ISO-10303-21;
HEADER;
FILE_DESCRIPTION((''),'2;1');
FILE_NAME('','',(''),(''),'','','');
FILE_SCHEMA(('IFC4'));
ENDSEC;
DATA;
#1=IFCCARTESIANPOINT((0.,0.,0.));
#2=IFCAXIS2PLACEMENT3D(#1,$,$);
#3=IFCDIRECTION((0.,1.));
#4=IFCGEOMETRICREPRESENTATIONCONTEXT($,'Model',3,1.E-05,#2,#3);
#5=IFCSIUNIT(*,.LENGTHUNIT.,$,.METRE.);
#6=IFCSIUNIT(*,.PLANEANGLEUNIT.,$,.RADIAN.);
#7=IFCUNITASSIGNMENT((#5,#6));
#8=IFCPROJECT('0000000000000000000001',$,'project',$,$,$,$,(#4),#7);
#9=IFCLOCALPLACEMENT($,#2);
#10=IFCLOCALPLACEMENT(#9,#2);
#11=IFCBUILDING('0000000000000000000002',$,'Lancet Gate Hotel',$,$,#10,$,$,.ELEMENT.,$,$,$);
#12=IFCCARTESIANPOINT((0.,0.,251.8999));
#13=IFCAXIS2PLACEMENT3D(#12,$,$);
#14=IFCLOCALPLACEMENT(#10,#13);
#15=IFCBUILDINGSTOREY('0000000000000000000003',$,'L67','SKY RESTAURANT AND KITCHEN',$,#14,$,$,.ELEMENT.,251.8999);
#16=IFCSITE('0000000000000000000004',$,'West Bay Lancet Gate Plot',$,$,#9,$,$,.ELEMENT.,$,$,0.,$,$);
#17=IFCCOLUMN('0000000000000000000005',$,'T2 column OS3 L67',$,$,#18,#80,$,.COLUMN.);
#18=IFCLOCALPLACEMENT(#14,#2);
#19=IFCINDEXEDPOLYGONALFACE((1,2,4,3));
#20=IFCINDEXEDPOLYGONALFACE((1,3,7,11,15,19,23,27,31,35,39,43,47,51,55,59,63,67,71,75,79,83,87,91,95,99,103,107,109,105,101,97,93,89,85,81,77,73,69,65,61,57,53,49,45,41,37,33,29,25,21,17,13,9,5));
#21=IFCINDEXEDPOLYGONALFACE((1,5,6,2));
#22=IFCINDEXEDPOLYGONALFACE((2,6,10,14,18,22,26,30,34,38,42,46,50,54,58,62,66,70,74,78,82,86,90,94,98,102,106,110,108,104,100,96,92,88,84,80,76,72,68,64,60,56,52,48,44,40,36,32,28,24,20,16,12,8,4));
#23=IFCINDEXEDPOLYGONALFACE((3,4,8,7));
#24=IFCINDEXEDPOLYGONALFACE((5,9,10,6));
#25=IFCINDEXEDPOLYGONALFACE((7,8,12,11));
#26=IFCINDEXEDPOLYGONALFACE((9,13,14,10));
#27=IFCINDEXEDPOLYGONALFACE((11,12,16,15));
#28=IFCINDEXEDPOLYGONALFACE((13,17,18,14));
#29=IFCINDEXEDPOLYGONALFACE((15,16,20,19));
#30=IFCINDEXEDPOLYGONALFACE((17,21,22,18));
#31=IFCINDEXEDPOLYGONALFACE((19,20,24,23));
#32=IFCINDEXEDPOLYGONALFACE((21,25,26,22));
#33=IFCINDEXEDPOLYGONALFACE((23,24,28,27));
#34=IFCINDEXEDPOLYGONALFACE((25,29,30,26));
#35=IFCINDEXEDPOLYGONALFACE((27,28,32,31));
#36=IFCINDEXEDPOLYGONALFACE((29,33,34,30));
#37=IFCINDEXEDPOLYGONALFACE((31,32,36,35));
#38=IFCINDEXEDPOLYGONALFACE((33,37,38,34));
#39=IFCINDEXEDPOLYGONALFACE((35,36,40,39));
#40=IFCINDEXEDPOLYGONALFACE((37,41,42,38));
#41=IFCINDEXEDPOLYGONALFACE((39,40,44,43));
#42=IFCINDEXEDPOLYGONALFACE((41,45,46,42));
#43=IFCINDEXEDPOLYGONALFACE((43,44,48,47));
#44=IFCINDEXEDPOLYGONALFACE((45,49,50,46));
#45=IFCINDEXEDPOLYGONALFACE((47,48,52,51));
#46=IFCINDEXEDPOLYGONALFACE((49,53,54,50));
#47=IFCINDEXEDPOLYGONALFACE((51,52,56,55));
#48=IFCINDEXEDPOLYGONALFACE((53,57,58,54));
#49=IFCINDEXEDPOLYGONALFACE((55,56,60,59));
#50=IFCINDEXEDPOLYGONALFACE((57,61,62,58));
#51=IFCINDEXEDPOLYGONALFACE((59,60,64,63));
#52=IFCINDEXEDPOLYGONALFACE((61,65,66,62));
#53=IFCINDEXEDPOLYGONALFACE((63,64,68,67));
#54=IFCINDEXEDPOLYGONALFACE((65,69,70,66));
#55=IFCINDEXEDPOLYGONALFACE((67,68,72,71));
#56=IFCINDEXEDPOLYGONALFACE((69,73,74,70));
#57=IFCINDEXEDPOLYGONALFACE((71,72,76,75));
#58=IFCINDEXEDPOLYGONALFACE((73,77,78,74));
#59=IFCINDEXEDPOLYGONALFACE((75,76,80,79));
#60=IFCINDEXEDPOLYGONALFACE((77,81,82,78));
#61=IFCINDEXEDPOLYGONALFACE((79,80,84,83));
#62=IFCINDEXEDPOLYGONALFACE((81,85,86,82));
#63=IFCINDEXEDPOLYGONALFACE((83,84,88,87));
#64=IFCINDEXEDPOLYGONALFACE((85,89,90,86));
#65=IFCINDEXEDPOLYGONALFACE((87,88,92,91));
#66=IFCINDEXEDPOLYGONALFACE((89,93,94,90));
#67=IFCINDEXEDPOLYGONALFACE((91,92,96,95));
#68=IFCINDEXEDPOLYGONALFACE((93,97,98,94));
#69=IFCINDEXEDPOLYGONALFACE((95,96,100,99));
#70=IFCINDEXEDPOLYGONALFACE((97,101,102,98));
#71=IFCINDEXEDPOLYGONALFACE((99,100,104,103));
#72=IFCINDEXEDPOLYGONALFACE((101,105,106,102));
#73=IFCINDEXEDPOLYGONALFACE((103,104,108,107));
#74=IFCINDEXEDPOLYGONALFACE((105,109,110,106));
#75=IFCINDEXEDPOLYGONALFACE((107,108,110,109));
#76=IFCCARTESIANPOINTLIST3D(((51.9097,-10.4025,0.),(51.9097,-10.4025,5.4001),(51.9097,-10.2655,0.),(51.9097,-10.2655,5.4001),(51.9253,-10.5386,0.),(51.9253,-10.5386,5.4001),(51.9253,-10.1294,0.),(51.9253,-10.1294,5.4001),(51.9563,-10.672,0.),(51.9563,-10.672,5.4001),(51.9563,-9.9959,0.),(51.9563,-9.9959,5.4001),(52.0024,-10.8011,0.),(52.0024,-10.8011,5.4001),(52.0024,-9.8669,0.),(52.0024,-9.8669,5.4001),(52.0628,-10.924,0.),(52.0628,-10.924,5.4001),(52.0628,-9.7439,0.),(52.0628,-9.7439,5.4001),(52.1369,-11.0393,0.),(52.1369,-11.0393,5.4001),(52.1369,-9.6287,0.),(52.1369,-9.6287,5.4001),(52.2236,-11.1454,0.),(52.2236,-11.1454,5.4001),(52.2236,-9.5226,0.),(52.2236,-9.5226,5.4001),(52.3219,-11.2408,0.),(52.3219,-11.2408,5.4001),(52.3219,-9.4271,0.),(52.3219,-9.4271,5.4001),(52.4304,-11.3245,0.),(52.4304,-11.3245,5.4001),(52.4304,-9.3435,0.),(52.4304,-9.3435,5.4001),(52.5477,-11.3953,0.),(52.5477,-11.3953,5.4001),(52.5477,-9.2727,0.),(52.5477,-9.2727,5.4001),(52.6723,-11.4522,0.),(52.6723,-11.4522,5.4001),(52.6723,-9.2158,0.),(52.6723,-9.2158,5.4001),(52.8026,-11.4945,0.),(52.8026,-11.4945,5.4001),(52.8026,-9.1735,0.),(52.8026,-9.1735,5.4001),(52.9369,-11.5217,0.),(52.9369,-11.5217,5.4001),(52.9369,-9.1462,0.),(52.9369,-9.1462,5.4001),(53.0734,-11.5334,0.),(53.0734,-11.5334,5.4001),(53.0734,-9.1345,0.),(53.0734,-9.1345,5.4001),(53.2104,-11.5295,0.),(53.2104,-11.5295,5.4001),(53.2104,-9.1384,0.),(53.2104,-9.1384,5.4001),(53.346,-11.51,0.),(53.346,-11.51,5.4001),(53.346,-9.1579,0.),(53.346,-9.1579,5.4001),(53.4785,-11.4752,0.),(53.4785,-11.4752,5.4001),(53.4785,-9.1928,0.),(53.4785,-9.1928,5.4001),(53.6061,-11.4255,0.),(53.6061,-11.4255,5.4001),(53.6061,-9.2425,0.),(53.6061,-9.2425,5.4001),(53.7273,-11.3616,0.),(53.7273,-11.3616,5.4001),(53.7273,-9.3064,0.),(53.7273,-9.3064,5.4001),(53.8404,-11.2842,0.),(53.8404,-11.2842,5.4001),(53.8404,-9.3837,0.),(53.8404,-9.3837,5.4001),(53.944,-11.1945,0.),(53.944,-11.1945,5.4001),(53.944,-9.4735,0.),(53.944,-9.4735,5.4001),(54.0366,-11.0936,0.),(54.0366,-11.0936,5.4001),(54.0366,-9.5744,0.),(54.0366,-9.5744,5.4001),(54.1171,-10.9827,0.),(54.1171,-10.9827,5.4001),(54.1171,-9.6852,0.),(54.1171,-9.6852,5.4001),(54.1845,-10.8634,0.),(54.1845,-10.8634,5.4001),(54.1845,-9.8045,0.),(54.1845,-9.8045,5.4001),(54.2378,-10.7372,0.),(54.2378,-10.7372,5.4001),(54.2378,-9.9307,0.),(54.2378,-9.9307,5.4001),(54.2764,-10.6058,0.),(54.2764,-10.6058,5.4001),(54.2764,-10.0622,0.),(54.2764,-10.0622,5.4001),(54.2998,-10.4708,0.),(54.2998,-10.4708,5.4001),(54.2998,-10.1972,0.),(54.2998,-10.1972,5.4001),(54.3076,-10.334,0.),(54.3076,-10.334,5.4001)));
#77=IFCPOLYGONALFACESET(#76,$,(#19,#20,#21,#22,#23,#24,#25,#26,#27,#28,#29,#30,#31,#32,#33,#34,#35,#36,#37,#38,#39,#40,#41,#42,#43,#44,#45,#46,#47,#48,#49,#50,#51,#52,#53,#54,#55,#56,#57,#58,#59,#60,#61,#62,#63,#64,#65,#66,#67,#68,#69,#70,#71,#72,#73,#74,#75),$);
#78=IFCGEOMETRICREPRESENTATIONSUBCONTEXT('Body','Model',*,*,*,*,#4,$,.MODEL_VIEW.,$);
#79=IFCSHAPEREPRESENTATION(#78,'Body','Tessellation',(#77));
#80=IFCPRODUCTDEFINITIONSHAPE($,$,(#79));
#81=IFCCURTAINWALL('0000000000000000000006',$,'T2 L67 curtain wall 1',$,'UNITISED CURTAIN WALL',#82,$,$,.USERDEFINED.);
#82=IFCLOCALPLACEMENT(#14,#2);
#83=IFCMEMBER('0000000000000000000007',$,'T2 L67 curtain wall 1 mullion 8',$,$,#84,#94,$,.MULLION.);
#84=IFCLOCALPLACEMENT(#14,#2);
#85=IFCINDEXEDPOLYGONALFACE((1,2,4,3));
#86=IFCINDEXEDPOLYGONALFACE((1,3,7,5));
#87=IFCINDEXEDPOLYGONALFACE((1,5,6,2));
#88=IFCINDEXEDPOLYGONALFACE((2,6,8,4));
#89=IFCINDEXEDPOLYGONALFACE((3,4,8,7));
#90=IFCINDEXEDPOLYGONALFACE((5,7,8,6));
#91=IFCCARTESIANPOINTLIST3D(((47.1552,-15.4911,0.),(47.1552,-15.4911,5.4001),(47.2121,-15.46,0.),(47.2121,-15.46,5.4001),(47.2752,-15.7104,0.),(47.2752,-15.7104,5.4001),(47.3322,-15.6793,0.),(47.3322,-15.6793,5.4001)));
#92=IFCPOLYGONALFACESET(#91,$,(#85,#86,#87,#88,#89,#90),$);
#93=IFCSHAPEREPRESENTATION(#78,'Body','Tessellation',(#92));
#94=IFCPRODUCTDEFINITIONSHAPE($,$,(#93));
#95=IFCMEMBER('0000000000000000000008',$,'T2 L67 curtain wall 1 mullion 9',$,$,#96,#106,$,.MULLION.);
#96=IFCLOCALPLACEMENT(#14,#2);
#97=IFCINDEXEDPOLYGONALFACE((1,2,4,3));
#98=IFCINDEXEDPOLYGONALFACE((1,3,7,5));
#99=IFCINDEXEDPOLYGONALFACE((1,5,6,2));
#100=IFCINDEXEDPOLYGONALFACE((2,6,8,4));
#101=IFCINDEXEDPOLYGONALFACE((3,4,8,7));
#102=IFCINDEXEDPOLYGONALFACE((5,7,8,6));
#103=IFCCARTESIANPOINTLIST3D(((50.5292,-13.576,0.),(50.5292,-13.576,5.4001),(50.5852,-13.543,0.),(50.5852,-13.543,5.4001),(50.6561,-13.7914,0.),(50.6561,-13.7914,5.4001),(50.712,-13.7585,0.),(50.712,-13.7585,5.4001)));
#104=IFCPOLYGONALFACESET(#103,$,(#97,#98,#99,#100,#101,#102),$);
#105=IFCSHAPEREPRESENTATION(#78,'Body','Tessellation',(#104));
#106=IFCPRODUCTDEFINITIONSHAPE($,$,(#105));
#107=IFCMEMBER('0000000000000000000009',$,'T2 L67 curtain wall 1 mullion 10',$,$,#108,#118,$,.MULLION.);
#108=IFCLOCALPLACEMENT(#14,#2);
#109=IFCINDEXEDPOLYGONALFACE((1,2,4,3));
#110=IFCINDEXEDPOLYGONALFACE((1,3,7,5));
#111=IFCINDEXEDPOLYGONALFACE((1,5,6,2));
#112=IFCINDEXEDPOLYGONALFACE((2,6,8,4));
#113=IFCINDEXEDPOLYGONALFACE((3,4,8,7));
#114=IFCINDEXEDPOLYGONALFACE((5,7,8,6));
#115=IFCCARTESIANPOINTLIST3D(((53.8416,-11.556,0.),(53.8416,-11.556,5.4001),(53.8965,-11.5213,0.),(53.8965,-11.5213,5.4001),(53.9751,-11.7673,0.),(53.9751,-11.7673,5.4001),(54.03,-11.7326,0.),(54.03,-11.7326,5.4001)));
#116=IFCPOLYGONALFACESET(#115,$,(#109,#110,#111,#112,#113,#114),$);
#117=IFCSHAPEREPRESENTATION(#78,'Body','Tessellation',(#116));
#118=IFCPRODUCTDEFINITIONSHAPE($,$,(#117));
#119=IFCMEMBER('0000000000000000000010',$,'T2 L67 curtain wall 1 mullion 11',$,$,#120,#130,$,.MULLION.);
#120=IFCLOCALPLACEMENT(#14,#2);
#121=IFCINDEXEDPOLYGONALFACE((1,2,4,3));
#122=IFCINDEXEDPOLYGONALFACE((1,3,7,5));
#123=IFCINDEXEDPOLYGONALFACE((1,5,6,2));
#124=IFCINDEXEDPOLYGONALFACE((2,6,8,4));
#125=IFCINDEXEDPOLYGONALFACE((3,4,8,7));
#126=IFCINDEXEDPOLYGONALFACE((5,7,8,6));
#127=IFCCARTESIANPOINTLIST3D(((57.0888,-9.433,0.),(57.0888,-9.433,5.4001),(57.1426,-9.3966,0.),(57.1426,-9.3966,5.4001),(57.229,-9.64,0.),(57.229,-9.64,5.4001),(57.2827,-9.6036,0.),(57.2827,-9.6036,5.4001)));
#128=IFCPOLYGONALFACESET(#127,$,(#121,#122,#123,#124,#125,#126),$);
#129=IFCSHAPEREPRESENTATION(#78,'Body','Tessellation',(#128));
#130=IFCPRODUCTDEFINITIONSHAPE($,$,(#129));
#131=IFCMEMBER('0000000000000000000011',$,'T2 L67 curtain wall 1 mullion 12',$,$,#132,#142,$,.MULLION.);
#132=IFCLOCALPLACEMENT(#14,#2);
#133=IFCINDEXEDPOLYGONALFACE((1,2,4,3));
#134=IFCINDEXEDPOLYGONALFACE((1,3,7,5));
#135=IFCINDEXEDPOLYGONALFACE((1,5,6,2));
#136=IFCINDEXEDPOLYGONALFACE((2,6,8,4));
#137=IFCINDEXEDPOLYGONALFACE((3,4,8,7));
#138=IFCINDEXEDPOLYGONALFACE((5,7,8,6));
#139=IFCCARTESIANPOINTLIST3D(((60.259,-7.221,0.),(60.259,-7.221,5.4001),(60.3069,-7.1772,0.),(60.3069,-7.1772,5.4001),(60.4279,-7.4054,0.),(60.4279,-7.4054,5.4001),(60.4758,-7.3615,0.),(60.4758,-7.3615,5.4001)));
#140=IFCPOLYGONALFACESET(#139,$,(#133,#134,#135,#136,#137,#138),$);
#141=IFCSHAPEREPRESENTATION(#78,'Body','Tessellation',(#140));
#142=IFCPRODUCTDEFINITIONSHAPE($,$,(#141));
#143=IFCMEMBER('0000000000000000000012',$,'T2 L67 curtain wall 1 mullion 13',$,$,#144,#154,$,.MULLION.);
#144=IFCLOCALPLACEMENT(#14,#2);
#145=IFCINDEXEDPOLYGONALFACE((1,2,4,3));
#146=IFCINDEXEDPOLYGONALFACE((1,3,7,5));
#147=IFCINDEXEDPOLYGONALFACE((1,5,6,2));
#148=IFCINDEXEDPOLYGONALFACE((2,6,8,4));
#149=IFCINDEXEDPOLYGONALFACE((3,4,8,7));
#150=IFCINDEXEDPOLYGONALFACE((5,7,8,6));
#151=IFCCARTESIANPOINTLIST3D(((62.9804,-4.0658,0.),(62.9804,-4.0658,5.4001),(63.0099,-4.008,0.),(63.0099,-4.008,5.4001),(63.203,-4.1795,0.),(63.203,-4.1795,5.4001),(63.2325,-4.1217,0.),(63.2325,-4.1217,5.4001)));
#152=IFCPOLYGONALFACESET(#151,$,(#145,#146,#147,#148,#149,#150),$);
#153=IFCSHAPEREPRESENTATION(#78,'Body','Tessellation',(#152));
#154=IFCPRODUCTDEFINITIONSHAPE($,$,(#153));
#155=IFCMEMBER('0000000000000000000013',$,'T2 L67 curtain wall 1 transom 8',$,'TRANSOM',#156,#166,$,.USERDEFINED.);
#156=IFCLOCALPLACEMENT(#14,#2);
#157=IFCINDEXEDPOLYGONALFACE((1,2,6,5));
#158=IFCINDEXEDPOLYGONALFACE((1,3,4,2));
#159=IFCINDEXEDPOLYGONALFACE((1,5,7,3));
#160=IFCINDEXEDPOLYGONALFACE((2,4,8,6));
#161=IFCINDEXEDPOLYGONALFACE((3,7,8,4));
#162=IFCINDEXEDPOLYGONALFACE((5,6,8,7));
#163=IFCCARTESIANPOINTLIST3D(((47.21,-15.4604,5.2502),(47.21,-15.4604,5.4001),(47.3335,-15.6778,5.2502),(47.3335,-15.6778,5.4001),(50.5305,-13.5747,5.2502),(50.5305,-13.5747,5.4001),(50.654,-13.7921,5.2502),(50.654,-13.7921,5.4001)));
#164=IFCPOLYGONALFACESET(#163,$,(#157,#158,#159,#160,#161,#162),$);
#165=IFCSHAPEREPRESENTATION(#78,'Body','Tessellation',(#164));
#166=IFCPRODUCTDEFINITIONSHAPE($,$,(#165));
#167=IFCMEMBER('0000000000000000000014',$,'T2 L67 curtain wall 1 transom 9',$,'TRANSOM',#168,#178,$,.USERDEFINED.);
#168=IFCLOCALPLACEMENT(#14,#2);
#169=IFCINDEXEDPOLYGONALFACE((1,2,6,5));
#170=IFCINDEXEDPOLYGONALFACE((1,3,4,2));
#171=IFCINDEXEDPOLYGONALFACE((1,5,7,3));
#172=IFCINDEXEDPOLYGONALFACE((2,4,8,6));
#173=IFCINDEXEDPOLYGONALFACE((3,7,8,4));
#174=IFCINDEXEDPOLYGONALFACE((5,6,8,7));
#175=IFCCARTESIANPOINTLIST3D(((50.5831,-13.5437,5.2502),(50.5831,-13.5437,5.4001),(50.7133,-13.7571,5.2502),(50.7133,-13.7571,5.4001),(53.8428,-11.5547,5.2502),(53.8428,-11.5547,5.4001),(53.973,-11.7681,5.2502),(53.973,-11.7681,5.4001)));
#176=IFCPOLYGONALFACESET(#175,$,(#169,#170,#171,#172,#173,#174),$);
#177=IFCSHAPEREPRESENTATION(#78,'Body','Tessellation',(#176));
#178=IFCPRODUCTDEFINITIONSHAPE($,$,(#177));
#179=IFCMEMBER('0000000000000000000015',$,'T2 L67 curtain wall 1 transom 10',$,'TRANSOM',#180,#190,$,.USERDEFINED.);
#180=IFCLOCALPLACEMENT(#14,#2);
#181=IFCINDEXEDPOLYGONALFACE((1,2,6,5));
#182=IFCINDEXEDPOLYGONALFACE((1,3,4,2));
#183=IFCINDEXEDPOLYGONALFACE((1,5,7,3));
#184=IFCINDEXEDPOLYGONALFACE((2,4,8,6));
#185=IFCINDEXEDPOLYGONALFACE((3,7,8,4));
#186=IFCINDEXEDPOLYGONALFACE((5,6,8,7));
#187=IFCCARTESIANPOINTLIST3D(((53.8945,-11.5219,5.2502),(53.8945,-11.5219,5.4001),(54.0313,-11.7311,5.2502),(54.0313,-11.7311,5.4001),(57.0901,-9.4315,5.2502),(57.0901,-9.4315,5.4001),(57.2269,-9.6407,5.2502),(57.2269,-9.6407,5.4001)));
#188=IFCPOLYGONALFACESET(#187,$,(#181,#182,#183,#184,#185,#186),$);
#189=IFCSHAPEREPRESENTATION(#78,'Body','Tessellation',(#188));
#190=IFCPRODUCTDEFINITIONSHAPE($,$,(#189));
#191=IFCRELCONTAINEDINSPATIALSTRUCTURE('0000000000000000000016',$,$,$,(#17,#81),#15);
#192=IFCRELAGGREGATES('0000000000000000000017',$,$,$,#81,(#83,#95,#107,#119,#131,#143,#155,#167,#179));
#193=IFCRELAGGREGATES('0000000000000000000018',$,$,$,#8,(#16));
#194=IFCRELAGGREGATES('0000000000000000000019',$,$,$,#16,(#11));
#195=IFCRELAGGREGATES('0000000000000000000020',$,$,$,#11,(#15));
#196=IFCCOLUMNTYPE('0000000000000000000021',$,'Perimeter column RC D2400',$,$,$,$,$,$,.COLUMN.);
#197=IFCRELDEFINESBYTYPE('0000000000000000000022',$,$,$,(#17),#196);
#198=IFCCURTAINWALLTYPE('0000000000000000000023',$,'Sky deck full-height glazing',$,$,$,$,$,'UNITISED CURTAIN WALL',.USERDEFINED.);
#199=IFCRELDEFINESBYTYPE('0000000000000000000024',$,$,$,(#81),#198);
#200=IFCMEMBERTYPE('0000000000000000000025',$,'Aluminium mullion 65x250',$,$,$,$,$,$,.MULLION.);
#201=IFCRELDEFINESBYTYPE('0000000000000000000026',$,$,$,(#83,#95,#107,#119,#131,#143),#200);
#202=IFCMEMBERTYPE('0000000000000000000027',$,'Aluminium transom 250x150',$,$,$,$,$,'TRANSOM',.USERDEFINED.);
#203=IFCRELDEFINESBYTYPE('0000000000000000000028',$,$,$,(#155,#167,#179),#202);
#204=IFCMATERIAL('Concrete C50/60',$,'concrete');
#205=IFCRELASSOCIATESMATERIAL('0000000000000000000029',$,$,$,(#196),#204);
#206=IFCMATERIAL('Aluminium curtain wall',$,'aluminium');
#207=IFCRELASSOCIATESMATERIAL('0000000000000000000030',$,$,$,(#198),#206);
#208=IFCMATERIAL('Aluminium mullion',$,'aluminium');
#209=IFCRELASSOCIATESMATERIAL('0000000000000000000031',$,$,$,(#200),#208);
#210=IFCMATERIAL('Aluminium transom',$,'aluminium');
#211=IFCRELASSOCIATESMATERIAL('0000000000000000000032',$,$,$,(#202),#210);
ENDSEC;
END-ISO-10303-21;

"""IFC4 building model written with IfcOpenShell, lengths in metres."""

from ifc_helpers import new_model, si_unit, direction, frame, origin, origin_2d, place, context, subcontext, project, spatial, rectangle, circle, extrude, material, material_profile, profile_set, type_object, element, aggregate, save


model = new_model("IFC4")

# Units and contexts
model_context = context("Model", 3, precision=1e-05, world=origin(), true_north=direction((0.0, 1.0)))
body_context = subcontext(model_context, "Body", "Model", "MODEL_VIEW")
ifc_project = project(units=[si_unit("LENGTHUNIT", "METRE"), si_unit("PLANEANGLEUNIT", "RADIAN")], contexts=[model_context])

# Site, building, storey
site_placement = place(None, origin())
site = spatial("IfcSite", under=ifc_project, at=site_placement, Name="West Bay Lancet Gate Plot", CompositionType="ELEMENT", RefElevation=0.0)
building_placement = place(site_placement, origin())
building = spatial("IfcBuilding", under=site, at=building_placement, Name="Lancet Gate Hotel", CompositionType="ELEMENT")
storey_placement = place(building_placement, frame((0.0, 0.0, 251.8999)))
storey = spatial("IfcBuildingStorey", under=building, at=storey_placement, Name="L67", Description="SKY RESTAURANT AND KITCHEN", CompositionType="ELEMENT", Elevation=251.8999)

# Column
ifc_material_1 = material(Name="Concrete C50/60", Category="concrete")
ifc_material_profile_1 = material_profile(ifc_material_1, circle(Radius=1.2, at=origin_2d()), Name="RC D2400")
ifc_profile_set_1 = profile_set([ifc_material_profile_1], Name="Concrete C50/60")
column_type = type_object("IfcColumnType", Name="Perimeter column RC D2400", PredefinedType="COLUMN", material=ifc_profile_set_1)
for number, where, z_axis, x_axis, name in (
    (1, (53.1077, -10.334, 0.0), (0.0, 0.0, 1.0), (1.0, 0.0, 0.0), "T2 column OS3 L67"),
):
    element("IfcColumn", number, at=place(storey_placement, frame(where, z_axis=z_axis, x_axis=x_axis)), inside=storey, type_object=column_type, Name=name, PredefinedType="COLUMN", context=body_context, shape_type="SweptSolid", body=[
        extrude(circle(Radius=1.2, at=origin_2d()), origin(), (0.0, 0.0, 1.0), 5.4001),
    ])

# Curtain wall, members
ifc_material_2 = material(Name="Aluminium curtain wall", Category="aluminium")
curtain_wall_type = type_object("IfcCurtainWallType", Name="Sky deck full-height glazing", ElementType="UNITISED CURTAIN WALL", PredefinedType="USERDEFINED", material=ifc_material_2)
curtain_wall_placement = place(storey_placement, origin())
curtain_wall = element("IfcCurtainWall", 2, at=curtain_wall_placement, inside=storey, type_object=curtain_wall_type, Name="T2 L67 curtain wall 1", ObjectType="UNITISED CURTAIN WALL", PredefinedType="USERDEFINED")
ifc_material_3 = material(Name="Aluminium mullion", Category="aluminium")
ifc_material_profile_2 = material_profile(ifc_material_3, rectangle(XDim=0.0649, YDim=0.25, at=origin_2d()), Name="MULLION 65x250")
ifc_profile_set_2 = profile_set([ifc_material_profile_2], Name="Aluminium mullion")
member_type_1 = type_object("IfcMemberType", Name="Aluminium mullion 65x250", PredefinedType="MULLION", material=ifc_profile_set_2)
member_1_placement = place(storey_placement, frame((47.2437, -15.5852, 0.0), z_axis=(0.0, 0.0, 1.0), x_axis=(0.877195, 0.480135, 0.0)))
member_1 = element("IfcMember", 3, at=member_1_placement, type_object=member_type_1, Name="T2 L67 curtain wall 1 mullion 8", PredefinedType="MULLION", context=body_context, shape_type="SweptSolid", body=[
    extrude(rectangle(XDim=0.0649, YDim=0.25, at=origin_2d()), origin(), (0.0, 0.0, 1.0), 5.4001),
])
member_2_placement = place(storey_placement, frame((50.6206, -13.6672, 0.0), z_axis=(0.0, 0.0, 1.0), x_axis=(0.861692, 0.507432, 0.0)))
member_2 = element("IfcMember", 4, at=member_2_placement, type_object=member_type_1, Name="T2 L67 curtain wall 1 mullion 9", PredefinedType="MULLION", context=body_context, shape_type="SweptSolid", body=[
    extrude(rectangle(XDim=0.0649, YDim=0.25, at=origin_2d()), origin(), (0.0, 0.0, 1.0), 5.4001),
])
member_3_placement = place(storey_placement, frame((53.9358, -11.6443, 0.0), z_axis=(0.0, 0.0, 1.0), x_axis=(0.84534, 0.534229, 0.0)))
member_3 = element("IfcMember", 5, at=member_3_placement, type_object=member_type_1, Name="T2 L67 curtain wall 1 mullion 10", PredefinedType="MULLION", context=body_context, shape_type="SweptSolid", body=[
    extrude(rectangle(XDim=0.0649, YDim=0.25, at=origin_2d()), origin(), (0.0, 0.0, 1.0), 5.4001),
])
member_4_placement = place(storey_placement, frame((57.1858, -9.5183, 0.0), z_axis=(0.0, 0.0, 1.0), x_axis=(0.828155, 0.5605, 0.0)))
member_4 = element("IfcMember", 6, at=member_4_placement, type_object=member_type_1, Name="T2 L67 curtain wall 1 mullion 11", PredefinedType="MULLION", context=body_context, shape_type="SweptSolid", body=[
    extrude(rectangle(XDim=0.0649, YDim=0.25, at=origin_2d()), origin(), (0.0, 0.0, 1.0), 5.4001),
])
member_5_placement = place(storey_placement, frame((60.3674, -7.2913, 0.0), z_axis=(0.0, 0.0, 1.0), x_axis=(0.737323, 0.67554, 0.0)))
member_5 = element("IfcMember", 7, at=member_5_placement, type_object=member_type_1, Name="T2 L67 curtain wall 1 mullion 12", PredefinedType="MULLION", context=body_context, shape_type="SweptSolid", body=[
    extrude(rectangle(XDim=0.0649, YDim=0.25, at=origin_2d()), origin(), (0.0, 0.0, 1.0), 5.4001),
])
member_6_placement = place(storey_placement, frame((63.1064, -4.0938, 0.0), z_axis=(0.0, 0.0, 1.0), x_axis=(0.454853, 0.890567, 0.0)))
member_6 = element("IfcMember", 8, at=member_6_placement, type_object=member_type_1, Name="T2 L67 curtain wall 1 mullion 13", PredefinedType="MULLION", context=body_context, shape_type="SweptSolid", body=[
    extrude(rectangle(XDim=0.0649, YDim=0.25, at=origin_2d()), origin(), (0.0, 0.0, 1.0), 5.4001),
])
ifc_material_4 = material(Name="Aluminium transom", Category="aluminium")
ifc_material_profile_3 = material_profile(ifc_material_4, rectangle(XDim=0.25, YDim=0.1499, at=origin_2d()), Name="TRANSOM 250x150")
ifc_profile_set_3 = profile_set([ifc_material_profile_3], Name="Aluminium transom")
member_type_2 = type_object("IfcMemberType", Name="Aluminium transom 250x150", ElementType="TRANSOM", PredefinedType="USERDEFINED", material=ifc_profile_set_3)
member_7_placement = place(storey_placement, frame((47.2717, -15.5691, 5.3252), z_axis=(0.869562, 0.493824, 0.0), x_axis=(-0.493824, 0.869562, 0.0)))
member_7 = element("IfcMember", 9, at=member_7_placement, type_object=member_type_2, Name="T2 L67 curtain wall 1 transom 8", ObjectType="TRANSOM", PredefinedType="USERDEFINED", context=body_context, shape_type="SweptSolid", body=[
    extrude(rectangle(XDim=0.25, YDim=0.1499, at=origin_2d()), origin(), (0.0, 0.0, 1.0), 3.8186),
])
member_8_placement = place(storey_placement, frame((50.6482, -13.6504, 5.3252), z_axis=(0.853639, 0.520865, 0.0), x_axis=(-0.520865, 0.853639, 0.0)))
member_8 = element("IfcMember", 10, at=member_8_placement, type_object=member_type_2, Name="T2 L67 curtain wall 1 transom 9", ObjectType="TRANSOM", PredefinedType="USERDEFINED", context=body_context, shape_type="SweptSolid", body=[
    extrude(rectangle(XDim=0.25, YDim=0.1499, at=origin_2d()), origin(), (0.0, 0.0, 1.0), 3.8186),
])
member_9_placement = place(storey_placement, frame((53.9629, -11.6265, 5.3252), z_axis=(0.836858, 0.54742, 0.0), x_axis=(-0.54742, 0.836858, 0.0)))
member_9 = element("IfcMember", 11, at=member_9_placement, type_object=member_type_2, Name="T2 L67 curtain wall 1 transom 10", ObjectType="TRANSOM", PredefinedType="USERDEFINED", context=body_context, shape_type="SweptSolid", body=[
    extrude(rectangle(XDim=0.25, YDim=0.1499, at=origin_2d()), origin(), (0.0, 0.0, 1.0), 3.8186),
])

aggregate(curtain_wall, [member_1, member_2, member_3, member_4, member_5, member_6, member_7, member_8, member_9])

save(model, "model.ifc")
